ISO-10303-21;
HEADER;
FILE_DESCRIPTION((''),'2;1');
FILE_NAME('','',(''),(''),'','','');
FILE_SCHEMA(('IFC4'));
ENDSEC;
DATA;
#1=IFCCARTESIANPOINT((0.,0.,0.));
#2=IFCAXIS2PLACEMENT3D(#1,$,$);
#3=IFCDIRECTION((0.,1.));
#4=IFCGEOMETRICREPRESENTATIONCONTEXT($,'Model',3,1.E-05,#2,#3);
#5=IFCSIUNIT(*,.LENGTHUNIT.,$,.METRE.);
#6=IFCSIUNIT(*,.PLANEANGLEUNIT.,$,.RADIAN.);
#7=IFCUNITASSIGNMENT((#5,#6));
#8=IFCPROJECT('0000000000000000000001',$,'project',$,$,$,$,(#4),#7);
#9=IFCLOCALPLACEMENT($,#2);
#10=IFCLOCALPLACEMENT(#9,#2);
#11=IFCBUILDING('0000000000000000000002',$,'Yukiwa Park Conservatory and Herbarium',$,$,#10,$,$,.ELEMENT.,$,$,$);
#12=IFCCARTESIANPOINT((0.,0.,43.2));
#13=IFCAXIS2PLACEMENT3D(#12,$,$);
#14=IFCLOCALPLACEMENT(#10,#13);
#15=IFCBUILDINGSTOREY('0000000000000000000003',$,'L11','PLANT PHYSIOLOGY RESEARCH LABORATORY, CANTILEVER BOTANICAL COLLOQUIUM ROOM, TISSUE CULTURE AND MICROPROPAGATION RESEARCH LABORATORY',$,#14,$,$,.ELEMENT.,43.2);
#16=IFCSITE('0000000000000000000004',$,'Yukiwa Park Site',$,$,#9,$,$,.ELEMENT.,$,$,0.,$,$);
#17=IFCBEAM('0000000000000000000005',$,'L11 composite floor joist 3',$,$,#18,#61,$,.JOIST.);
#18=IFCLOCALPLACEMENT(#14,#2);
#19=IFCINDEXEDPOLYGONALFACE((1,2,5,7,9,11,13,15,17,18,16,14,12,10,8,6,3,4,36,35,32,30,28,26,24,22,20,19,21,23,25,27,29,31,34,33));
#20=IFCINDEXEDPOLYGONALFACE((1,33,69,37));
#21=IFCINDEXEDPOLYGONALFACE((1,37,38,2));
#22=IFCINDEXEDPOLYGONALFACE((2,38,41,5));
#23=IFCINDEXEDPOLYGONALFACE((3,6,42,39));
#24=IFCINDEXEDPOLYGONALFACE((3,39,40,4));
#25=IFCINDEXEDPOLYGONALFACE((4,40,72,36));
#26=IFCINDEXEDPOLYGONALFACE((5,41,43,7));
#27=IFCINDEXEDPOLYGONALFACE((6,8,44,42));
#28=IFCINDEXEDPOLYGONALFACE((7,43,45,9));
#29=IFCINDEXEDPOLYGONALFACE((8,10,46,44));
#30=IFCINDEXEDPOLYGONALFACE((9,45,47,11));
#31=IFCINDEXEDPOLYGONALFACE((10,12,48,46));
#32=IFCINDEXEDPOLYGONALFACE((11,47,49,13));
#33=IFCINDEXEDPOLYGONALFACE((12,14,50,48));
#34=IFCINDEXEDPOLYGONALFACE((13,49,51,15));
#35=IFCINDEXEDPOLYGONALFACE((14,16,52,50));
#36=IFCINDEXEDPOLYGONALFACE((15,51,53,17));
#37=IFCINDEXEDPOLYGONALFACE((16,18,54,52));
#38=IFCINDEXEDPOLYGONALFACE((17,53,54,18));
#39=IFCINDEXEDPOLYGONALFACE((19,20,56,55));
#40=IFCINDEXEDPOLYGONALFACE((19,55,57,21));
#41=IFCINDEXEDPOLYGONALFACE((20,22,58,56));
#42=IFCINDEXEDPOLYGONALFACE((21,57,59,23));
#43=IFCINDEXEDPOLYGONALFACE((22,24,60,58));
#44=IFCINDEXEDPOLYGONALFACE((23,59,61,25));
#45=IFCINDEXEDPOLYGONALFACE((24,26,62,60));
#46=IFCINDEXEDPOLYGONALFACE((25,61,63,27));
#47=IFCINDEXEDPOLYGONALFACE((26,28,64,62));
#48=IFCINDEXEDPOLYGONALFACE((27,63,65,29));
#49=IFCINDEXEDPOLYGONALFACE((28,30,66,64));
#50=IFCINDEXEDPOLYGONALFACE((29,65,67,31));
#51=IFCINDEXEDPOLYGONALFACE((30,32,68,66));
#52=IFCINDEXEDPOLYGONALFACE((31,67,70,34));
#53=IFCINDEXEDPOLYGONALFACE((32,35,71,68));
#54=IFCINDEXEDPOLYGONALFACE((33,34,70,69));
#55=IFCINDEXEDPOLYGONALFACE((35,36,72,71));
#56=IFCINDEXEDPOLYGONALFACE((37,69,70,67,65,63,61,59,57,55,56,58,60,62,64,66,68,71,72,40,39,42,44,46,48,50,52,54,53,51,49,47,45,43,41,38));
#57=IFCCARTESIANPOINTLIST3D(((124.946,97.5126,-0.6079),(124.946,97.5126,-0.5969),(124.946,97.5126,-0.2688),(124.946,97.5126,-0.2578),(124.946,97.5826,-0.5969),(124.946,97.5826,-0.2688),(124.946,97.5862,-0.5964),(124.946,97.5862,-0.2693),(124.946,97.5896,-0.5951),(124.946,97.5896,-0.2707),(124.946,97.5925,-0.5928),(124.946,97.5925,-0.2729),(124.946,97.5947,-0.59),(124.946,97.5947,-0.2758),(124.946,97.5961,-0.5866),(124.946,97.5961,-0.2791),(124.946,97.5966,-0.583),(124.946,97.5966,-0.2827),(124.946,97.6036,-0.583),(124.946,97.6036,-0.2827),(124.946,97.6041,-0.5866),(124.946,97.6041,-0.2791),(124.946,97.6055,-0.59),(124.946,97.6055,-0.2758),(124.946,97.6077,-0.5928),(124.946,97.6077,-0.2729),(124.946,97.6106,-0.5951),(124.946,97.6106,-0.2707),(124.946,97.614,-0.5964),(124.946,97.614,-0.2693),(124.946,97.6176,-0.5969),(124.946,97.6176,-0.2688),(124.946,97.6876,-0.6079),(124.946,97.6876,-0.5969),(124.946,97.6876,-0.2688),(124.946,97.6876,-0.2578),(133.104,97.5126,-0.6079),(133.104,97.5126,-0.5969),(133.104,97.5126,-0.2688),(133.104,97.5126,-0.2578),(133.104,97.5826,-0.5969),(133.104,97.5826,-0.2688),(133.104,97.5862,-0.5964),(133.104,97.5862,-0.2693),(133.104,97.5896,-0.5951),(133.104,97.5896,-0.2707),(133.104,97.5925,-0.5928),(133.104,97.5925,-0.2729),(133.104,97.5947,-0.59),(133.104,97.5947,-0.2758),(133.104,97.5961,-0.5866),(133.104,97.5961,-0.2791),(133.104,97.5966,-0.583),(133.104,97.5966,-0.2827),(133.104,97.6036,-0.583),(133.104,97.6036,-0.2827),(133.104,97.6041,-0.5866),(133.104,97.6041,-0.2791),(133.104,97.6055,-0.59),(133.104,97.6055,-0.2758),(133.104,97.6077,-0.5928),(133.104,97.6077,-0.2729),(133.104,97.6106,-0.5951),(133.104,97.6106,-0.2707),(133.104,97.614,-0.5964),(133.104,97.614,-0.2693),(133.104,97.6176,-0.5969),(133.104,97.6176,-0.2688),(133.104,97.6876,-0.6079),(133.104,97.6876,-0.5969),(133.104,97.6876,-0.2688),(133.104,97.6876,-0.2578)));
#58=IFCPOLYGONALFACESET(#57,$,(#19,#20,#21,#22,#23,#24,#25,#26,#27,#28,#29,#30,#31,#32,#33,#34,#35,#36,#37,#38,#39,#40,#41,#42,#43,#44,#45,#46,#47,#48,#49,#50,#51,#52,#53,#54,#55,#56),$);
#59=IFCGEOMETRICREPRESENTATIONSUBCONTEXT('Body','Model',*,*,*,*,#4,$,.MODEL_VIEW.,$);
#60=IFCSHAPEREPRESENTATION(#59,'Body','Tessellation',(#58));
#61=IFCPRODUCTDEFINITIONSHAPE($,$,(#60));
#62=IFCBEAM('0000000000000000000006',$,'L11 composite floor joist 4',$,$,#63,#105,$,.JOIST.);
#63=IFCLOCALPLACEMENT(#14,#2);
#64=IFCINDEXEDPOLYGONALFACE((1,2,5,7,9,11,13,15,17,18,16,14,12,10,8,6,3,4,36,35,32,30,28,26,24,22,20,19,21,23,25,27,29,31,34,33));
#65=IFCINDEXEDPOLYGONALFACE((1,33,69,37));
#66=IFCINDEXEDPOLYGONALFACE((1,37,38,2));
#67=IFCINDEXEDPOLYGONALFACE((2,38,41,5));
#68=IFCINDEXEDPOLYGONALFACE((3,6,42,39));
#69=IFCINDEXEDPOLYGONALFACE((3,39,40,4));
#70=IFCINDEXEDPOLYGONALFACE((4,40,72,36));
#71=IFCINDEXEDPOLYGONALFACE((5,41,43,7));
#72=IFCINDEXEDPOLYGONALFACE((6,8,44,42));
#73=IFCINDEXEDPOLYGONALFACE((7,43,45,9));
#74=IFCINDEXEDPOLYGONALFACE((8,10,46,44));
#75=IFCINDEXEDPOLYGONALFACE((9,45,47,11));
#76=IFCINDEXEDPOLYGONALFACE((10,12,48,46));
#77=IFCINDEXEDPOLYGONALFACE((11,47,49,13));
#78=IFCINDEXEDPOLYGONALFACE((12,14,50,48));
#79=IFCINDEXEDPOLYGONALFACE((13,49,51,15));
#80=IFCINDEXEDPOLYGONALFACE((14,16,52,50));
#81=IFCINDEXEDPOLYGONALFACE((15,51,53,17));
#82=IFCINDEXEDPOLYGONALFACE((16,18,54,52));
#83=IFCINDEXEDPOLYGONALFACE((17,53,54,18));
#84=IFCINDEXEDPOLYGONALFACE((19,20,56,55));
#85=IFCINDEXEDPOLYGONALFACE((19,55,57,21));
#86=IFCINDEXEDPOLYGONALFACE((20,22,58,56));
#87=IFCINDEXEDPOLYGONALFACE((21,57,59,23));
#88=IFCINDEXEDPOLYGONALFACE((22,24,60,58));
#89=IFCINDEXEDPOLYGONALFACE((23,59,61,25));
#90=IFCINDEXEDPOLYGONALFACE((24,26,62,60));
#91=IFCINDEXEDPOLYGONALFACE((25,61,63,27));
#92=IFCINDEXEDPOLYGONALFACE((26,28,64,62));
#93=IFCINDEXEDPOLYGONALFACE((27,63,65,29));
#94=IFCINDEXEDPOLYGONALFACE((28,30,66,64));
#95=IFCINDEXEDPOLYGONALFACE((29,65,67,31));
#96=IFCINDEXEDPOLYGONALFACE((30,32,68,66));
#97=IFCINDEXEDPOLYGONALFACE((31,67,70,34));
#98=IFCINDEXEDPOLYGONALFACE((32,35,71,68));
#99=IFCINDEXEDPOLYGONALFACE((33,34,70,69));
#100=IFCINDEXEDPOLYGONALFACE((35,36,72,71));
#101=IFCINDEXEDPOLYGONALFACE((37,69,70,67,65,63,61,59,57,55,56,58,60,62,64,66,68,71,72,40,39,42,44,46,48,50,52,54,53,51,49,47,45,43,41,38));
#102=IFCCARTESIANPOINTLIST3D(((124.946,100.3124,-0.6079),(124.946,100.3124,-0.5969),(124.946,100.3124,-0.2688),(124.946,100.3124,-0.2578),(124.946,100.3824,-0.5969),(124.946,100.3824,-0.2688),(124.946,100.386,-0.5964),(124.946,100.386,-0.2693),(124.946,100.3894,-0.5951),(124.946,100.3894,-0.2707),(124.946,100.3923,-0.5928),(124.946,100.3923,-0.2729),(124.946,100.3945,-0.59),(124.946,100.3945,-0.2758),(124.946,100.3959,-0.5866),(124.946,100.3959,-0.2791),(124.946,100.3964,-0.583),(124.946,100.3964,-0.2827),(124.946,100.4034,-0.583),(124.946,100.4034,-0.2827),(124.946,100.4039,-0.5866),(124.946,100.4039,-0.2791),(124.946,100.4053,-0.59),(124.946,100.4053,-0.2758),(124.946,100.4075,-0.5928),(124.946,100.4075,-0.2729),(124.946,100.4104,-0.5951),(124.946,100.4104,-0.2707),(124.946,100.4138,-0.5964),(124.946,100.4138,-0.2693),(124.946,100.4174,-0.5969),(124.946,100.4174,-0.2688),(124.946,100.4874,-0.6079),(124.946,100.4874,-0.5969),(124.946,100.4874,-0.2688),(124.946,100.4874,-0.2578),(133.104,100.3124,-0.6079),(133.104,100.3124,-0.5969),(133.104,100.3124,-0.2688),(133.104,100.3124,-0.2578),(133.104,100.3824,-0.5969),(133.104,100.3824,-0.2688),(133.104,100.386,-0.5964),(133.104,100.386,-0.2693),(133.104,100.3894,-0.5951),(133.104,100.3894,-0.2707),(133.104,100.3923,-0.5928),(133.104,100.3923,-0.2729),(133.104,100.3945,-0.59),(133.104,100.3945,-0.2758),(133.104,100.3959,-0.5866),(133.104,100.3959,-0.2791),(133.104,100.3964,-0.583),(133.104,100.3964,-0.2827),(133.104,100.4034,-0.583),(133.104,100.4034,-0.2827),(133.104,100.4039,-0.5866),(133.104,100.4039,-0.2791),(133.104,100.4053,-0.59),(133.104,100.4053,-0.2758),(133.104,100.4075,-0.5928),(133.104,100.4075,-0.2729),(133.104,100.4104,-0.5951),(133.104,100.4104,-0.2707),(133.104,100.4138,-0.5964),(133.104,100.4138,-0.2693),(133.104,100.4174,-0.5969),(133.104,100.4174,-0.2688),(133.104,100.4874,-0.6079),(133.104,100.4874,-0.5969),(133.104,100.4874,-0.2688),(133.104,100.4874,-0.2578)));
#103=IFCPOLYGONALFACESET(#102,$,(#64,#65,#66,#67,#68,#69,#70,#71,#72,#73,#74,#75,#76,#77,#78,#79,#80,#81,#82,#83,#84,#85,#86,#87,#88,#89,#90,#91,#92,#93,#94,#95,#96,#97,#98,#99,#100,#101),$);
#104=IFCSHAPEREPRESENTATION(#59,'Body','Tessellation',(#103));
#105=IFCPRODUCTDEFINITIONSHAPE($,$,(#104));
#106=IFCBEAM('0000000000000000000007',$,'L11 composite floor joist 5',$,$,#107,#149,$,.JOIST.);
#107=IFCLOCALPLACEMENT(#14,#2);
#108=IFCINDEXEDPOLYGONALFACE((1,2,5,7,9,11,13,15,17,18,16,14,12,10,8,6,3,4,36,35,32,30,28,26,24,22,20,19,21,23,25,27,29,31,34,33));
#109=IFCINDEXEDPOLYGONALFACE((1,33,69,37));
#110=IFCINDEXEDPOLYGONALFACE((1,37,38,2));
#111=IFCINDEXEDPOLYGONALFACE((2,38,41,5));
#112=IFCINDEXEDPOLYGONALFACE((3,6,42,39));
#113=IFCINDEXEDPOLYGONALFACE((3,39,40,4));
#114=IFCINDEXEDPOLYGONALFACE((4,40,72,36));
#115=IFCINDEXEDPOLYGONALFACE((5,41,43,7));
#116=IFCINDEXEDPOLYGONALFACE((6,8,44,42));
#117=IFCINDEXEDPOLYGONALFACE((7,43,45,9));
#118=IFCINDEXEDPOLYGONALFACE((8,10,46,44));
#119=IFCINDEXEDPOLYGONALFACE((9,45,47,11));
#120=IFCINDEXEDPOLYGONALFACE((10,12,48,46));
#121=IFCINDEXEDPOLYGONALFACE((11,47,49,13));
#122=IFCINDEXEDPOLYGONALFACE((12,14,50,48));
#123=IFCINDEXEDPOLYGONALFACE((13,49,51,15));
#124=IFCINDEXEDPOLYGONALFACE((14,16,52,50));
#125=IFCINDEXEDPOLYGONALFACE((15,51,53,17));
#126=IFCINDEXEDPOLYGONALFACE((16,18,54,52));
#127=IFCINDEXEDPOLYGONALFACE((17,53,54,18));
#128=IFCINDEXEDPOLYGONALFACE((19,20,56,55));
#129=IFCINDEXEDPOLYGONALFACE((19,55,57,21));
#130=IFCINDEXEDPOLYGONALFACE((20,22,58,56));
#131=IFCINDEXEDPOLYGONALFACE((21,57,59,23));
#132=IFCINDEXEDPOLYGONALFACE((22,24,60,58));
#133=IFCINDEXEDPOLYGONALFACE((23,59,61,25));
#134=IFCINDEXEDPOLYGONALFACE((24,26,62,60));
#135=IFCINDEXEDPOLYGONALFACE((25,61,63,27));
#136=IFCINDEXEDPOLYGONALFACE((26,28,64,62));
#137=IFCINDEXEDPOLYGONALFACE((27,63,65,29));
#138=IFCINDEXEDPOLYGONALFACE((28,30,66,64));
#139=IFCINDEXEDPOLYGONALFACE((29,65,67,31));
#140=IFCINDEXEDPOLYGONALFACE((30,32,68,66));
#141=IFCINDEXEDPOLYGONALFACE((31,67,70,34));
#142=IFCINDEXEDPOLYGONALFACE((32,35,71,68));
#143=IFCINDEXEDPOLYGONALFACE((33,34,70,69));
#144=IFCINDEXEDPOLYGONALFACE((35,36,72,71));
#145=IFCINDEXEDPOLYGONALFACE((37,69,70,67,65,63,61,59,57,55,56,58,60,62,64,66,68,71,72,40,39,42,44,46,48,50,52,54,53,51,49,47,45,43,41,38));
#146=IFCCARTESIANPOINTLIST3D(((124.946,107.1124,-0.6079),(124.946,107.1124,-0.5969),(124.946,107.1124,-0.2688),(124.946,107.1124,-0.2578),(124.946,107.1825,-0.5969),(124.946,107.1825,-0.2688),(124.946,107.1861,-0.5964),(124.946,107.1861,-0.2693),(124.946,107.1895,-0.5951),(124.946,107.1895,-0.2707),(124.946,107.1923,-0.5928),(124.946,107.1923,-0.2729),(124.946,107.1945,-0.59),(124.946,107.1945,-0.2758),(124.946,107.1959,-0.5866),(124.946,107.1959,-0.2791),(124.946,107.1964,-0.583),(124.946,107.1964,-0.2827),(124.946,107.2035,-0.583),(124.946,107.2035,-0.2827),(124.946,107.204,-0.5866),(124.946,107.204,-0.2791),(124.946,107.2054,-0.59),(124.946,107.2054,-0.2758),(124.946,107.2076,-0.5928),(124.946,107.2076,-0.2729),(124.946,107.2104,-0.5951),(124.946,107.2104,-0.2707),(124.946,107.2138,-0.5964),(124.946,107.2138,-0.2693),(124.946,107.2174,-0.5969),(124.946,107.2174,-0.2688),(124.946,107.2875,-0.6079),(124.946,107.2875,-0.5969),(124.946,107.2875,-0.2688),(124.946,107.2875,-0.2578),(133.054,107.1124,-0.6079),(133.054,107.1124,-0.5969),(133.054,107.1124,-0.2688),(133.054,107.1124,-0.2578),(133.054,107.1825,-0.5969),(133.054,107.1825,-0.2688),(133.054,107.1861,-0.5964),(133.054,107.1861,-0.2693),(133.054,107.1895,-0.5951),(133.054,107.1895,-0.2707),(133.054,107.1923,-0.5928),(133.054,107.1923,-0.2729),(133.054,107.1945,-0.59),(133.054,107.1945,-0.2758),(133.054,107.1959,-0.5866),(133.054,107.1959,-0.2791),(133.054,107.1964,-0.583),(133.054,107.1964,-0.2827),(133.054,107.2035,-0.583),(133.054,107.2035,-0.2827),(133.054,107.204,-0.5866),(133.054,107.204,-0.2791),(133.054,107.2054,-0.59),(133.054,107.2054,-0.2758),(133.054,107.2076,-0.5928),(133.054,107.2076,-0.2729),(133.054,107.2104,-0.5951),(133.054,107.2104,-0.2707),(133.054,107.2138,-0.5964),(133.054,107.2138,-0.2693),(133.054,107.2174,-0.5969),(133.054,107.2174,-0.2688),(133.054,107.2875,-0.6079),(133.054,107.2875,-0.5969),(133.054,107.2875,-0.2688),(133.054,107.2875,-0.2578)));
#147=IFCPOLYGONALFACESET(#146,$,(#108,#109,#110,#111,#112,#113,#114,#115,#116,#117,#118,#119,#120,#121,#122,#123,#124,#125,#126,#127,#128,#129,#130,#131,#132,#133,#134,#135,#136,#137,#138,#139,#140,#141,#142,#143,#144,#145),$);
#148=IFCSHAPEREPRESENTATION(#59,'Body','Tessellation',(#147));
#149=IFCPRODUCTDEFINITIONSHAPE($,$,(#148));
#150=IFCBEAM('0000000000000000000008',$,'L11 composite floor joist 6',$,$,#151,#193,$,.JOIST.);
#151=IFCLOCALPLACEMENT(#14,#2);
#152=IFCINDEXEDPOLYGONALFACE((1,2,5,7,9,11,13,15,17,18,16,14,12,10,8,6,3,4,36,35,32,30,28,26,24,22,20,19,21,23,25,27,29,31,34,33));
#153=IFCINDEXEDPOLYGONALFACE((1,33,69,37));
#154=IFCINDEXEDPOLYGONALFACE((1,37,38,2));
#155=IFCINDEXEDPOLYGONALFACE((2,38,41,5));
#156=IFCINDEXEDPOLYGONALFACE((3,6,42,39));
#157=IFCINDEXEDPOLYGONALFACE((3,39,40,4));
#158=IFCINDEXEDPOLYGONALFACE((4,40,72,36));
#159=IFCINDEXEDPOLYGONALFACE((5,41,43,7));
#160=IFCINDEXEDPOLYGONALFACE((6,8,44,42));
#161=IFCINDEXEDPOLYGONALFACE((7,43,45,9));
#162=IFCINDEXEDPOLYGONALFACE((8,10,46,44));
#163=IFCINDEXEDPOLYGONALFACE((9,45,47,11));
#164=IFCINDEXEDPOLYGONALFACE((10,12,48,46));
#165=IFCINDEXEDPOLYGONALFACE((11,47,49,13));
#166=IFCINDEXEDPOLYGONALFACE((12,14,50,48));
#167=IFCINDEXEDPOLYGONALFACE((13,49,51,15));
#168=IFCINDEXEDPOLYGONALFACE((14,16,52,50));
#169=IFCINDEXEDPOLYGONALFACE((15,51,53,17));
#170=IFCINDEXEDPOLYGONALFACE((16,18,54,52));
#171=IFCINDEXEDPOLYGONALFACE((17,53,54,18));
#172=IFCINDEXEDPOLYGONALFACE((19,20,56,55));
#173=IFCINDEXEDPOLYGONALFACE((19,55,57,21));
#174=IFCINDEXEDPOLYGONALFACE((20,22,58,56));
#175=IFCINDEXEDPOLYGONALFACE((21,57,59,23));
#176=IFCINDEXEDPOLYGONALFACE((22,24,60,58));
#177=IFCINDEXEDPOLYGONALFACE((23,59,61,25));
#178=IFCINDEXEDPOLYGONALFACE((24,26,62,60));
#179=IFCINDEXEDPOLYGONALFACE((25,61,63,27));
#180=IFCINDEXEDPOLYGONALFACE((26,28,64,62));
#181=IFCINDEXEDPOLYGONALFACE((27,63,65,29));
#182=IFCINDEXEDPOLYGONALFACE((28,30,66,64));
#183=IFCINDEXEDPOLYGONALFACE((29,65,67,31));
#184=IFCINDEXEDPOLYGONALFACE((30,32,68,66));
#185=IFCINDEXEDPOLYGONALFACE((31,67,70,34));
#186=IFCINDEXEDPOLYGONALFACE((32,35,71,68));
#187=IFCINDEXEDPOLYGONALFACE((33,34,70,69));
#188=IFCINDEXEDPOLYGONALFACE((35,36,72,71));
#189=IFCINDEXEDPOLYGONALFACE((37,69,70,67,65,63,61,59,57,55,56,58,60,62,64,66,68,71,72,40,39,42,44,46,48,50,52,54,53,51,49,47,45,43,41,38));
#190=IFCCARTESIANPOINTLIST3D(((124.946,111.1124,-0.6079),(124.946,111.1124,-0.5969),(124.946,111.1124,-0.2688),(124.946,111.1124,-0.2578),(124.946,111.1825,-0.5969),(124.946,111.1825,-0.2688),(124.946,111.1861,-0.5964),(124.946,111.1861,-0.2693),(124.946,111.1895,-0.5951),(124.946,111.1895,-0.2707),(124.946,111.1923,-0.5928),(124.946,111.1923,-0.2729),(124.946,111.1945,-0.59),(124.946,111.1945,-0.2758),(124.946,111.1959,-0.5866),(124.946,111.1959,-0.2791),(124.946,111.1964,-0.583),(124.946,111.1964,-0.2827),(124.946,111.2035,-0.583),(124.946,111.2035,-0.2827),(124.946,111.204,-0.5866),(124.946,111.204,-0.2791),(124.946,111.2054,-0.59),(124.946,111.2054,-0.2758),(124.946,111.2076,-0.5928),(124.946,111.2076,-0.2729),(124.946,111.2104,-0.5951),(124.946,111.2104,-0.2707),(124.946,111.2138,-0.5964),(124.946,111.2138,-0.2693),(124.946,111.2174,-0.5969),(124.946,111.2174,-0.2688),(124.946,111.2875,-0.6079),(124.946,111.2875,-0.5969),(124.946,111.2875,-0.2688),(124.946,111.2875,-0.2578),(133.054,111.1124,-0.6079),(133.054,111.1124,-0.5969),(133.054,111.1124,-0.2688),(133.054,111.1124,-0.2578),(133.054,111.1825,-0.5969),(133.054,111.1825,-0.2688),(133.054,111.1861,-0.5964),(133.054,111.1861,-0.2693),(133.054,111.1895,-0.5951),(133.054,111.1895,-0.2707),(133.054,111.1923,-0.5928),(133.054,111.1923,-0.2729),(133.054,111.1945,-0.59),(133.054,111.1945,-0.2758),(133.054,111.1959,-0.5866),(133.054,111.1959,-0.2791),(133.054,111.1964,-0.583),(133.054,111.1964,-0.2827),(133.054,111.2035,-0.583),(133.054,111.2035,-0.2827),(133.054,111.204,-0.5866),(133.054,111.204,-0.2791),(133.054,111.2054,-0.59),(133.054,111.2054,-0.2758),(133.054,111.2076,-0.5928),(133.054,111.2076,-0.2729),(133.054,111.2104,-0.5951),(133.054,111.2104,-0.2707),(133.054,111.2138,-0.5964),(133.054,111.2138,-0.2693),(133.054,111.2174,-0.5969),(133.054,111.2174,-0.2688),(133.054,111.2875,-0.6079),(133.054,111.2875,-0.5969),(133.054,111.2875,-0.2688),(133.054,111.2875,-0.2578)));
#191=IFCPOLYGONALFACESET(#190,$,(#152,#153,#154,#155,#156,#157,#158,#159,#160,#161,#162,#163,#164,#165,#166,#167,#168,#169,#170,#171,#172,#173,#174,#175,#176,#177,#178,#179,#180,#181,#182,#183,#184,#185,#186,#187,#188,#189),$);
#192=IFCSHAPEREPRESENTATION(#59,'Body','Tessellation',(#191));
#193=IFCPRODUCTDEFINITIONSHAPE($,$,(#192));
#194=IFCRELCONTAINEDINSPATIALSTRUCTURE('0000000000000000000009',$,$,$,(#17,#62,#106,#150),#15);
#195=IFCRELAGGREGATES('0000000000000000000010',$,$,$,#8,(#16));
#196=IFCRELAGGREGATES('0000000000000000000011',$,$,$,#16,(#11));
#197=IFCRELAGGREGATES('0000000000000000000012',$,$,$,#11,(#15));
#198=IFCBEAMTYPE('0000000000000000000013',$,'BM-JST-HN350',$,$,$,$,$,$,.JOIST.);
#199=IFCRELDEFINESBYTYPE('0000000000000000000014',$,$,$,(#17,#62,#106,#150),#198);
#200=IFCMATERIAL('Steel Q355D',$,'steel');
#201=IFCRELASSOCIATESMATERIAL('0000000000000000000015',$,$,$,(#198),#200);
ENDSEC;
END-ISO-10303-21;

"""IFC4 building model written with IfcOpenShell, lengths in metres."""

from ifc_helpers import new_model, si_unit, direction, frame, origin, origin_2d, place, context, subcontext, project, spatial, i_section, extrude, material, material_profile, profile_set, type_object, element, save


model = new_model("IFC4")

# Units and contexts
model_context = context("Model", 3, precision=1e-05, world=origin(), true_north=direction((0.0, 1.0)))
body_context = subcontext(model_context, "Body", "Model", "MODEL_VIEW")
ifc_project = project(units=[si_unit("LENGTHUNIT", "METRE"), si_unit("PLANEANGLEUNIT", "RADIAN")], contexts=[model_context])

# Site, building, storey
site_placement = place(None, origin())
site = spatial("IfcSite", under=ifc_project, at=site_placement, Name="Yukiwa Park Site", CompositionType="ELEMENT", RefElevation=0.0)
building_placement = place(site_placement, origin())
building = spatial("IfcBuilding", under=site, at=building_placement, Name="Yukiwa Park Conservatory and Herbarium", CompositionType="ELEMENT")
storey_placement = place(building_placement, frame((0.0, 0.0, 43.2)))
storey = spatial("IfcBuildingStorey", under=building, at=storey_placement, Name="L11", Description="PLANT PHYSIOLOGY RESEARCH LABORATORY, CANTILEVER BOTANICAL COLLOQUIUM ROOM, TISSUE CULTURE AND MICROPROPAGATION RESEARCH LABORATORY", CompositionType="ELEMENT", Elevation=43.2)

# Beams
ifc_material_1 = material(Name="Steel Q355D", Category="steel")
ifc_material_profile_1 = material_profile(ifc_material_1, i_section(OverallWidth=0.175, OverallDepth=0.3501, WebThickness=0.0071, FlangeThickness=0.011, FilletRadius=0.0139, at=origin_2d()), Name="HN 350x175x7x11")
ifc_profile_set_1 = profile_set([ifc_material_profile_1], Name="Steel Q355D")
beam_type_1 = type_object("IfcBeamType", Name="BM-JST-HN350", PredefinedType="JOIST", material=ifc_profile_set_1)
for number, where, z_axis, x_axis, name in (
    (1, (124.946, 97.6001, -0.4329), (1.0, 0.0, 0.0), (0.0, 1.0, 0.0), "L11 composite floor joist 3"),
    (2, (124.946, 100.3999, -0.4329), (1.0, 0.0, 0.0), (0.0, 1.0, 0.0), "L11 composite floor joist 4"),
):
    element("IfcBeam", number, at=place(storey_placement, frame(where, z_axis=z_axis, x_axis=x_axis)), inside=storey, type_object=beam_type_1, Name=name, PredefinedType="JOIST", context=body_context, shape_type="SweptSolid", body=[
        extrude(i_section(OverallWidth=0.175, OverallDepth=0.3501, WebThickness=0.0071, FlangeThickness=0.011, FilletRadius=0.0139, at=origin_2d()), origin(), (0.0, 0.0, 1.0), 8.158),
    ])
for number, where, z_axis, x_axis, name in (
    (3, (124.946, 107.2, -0.4329), (1.0, 0.0, 0.0), (0.0, 1.0, 0.0), "L11 composite floor joist 5"),
    (4, (124.946, 111.2, -0.4329), (1.0, 0.0, 0.0), (0.0, 1.0, 0.0), "L11 composite floor joist 6"),
):
    element("IfcBeam", number, at=place(storey_placement, frame(where, z_axis=z_axis, x_axis=x_axis)), inside=storey, type_object=beam_type_1, Name=name, PredefinedType="JOIST", context=body_context, shape_type="SweptSolid", body=[
        extrude(i_section(OverallWidth=0.175, OverallDepth=0.3501, WebThickness=0.0071, FlangeThickness=0.011, FilletRadius=0.0139, at=origin_2d()), origin(), (0.0, 0.0, 1.0), 8.1079),
    ])

save(model, "model.ifc")
